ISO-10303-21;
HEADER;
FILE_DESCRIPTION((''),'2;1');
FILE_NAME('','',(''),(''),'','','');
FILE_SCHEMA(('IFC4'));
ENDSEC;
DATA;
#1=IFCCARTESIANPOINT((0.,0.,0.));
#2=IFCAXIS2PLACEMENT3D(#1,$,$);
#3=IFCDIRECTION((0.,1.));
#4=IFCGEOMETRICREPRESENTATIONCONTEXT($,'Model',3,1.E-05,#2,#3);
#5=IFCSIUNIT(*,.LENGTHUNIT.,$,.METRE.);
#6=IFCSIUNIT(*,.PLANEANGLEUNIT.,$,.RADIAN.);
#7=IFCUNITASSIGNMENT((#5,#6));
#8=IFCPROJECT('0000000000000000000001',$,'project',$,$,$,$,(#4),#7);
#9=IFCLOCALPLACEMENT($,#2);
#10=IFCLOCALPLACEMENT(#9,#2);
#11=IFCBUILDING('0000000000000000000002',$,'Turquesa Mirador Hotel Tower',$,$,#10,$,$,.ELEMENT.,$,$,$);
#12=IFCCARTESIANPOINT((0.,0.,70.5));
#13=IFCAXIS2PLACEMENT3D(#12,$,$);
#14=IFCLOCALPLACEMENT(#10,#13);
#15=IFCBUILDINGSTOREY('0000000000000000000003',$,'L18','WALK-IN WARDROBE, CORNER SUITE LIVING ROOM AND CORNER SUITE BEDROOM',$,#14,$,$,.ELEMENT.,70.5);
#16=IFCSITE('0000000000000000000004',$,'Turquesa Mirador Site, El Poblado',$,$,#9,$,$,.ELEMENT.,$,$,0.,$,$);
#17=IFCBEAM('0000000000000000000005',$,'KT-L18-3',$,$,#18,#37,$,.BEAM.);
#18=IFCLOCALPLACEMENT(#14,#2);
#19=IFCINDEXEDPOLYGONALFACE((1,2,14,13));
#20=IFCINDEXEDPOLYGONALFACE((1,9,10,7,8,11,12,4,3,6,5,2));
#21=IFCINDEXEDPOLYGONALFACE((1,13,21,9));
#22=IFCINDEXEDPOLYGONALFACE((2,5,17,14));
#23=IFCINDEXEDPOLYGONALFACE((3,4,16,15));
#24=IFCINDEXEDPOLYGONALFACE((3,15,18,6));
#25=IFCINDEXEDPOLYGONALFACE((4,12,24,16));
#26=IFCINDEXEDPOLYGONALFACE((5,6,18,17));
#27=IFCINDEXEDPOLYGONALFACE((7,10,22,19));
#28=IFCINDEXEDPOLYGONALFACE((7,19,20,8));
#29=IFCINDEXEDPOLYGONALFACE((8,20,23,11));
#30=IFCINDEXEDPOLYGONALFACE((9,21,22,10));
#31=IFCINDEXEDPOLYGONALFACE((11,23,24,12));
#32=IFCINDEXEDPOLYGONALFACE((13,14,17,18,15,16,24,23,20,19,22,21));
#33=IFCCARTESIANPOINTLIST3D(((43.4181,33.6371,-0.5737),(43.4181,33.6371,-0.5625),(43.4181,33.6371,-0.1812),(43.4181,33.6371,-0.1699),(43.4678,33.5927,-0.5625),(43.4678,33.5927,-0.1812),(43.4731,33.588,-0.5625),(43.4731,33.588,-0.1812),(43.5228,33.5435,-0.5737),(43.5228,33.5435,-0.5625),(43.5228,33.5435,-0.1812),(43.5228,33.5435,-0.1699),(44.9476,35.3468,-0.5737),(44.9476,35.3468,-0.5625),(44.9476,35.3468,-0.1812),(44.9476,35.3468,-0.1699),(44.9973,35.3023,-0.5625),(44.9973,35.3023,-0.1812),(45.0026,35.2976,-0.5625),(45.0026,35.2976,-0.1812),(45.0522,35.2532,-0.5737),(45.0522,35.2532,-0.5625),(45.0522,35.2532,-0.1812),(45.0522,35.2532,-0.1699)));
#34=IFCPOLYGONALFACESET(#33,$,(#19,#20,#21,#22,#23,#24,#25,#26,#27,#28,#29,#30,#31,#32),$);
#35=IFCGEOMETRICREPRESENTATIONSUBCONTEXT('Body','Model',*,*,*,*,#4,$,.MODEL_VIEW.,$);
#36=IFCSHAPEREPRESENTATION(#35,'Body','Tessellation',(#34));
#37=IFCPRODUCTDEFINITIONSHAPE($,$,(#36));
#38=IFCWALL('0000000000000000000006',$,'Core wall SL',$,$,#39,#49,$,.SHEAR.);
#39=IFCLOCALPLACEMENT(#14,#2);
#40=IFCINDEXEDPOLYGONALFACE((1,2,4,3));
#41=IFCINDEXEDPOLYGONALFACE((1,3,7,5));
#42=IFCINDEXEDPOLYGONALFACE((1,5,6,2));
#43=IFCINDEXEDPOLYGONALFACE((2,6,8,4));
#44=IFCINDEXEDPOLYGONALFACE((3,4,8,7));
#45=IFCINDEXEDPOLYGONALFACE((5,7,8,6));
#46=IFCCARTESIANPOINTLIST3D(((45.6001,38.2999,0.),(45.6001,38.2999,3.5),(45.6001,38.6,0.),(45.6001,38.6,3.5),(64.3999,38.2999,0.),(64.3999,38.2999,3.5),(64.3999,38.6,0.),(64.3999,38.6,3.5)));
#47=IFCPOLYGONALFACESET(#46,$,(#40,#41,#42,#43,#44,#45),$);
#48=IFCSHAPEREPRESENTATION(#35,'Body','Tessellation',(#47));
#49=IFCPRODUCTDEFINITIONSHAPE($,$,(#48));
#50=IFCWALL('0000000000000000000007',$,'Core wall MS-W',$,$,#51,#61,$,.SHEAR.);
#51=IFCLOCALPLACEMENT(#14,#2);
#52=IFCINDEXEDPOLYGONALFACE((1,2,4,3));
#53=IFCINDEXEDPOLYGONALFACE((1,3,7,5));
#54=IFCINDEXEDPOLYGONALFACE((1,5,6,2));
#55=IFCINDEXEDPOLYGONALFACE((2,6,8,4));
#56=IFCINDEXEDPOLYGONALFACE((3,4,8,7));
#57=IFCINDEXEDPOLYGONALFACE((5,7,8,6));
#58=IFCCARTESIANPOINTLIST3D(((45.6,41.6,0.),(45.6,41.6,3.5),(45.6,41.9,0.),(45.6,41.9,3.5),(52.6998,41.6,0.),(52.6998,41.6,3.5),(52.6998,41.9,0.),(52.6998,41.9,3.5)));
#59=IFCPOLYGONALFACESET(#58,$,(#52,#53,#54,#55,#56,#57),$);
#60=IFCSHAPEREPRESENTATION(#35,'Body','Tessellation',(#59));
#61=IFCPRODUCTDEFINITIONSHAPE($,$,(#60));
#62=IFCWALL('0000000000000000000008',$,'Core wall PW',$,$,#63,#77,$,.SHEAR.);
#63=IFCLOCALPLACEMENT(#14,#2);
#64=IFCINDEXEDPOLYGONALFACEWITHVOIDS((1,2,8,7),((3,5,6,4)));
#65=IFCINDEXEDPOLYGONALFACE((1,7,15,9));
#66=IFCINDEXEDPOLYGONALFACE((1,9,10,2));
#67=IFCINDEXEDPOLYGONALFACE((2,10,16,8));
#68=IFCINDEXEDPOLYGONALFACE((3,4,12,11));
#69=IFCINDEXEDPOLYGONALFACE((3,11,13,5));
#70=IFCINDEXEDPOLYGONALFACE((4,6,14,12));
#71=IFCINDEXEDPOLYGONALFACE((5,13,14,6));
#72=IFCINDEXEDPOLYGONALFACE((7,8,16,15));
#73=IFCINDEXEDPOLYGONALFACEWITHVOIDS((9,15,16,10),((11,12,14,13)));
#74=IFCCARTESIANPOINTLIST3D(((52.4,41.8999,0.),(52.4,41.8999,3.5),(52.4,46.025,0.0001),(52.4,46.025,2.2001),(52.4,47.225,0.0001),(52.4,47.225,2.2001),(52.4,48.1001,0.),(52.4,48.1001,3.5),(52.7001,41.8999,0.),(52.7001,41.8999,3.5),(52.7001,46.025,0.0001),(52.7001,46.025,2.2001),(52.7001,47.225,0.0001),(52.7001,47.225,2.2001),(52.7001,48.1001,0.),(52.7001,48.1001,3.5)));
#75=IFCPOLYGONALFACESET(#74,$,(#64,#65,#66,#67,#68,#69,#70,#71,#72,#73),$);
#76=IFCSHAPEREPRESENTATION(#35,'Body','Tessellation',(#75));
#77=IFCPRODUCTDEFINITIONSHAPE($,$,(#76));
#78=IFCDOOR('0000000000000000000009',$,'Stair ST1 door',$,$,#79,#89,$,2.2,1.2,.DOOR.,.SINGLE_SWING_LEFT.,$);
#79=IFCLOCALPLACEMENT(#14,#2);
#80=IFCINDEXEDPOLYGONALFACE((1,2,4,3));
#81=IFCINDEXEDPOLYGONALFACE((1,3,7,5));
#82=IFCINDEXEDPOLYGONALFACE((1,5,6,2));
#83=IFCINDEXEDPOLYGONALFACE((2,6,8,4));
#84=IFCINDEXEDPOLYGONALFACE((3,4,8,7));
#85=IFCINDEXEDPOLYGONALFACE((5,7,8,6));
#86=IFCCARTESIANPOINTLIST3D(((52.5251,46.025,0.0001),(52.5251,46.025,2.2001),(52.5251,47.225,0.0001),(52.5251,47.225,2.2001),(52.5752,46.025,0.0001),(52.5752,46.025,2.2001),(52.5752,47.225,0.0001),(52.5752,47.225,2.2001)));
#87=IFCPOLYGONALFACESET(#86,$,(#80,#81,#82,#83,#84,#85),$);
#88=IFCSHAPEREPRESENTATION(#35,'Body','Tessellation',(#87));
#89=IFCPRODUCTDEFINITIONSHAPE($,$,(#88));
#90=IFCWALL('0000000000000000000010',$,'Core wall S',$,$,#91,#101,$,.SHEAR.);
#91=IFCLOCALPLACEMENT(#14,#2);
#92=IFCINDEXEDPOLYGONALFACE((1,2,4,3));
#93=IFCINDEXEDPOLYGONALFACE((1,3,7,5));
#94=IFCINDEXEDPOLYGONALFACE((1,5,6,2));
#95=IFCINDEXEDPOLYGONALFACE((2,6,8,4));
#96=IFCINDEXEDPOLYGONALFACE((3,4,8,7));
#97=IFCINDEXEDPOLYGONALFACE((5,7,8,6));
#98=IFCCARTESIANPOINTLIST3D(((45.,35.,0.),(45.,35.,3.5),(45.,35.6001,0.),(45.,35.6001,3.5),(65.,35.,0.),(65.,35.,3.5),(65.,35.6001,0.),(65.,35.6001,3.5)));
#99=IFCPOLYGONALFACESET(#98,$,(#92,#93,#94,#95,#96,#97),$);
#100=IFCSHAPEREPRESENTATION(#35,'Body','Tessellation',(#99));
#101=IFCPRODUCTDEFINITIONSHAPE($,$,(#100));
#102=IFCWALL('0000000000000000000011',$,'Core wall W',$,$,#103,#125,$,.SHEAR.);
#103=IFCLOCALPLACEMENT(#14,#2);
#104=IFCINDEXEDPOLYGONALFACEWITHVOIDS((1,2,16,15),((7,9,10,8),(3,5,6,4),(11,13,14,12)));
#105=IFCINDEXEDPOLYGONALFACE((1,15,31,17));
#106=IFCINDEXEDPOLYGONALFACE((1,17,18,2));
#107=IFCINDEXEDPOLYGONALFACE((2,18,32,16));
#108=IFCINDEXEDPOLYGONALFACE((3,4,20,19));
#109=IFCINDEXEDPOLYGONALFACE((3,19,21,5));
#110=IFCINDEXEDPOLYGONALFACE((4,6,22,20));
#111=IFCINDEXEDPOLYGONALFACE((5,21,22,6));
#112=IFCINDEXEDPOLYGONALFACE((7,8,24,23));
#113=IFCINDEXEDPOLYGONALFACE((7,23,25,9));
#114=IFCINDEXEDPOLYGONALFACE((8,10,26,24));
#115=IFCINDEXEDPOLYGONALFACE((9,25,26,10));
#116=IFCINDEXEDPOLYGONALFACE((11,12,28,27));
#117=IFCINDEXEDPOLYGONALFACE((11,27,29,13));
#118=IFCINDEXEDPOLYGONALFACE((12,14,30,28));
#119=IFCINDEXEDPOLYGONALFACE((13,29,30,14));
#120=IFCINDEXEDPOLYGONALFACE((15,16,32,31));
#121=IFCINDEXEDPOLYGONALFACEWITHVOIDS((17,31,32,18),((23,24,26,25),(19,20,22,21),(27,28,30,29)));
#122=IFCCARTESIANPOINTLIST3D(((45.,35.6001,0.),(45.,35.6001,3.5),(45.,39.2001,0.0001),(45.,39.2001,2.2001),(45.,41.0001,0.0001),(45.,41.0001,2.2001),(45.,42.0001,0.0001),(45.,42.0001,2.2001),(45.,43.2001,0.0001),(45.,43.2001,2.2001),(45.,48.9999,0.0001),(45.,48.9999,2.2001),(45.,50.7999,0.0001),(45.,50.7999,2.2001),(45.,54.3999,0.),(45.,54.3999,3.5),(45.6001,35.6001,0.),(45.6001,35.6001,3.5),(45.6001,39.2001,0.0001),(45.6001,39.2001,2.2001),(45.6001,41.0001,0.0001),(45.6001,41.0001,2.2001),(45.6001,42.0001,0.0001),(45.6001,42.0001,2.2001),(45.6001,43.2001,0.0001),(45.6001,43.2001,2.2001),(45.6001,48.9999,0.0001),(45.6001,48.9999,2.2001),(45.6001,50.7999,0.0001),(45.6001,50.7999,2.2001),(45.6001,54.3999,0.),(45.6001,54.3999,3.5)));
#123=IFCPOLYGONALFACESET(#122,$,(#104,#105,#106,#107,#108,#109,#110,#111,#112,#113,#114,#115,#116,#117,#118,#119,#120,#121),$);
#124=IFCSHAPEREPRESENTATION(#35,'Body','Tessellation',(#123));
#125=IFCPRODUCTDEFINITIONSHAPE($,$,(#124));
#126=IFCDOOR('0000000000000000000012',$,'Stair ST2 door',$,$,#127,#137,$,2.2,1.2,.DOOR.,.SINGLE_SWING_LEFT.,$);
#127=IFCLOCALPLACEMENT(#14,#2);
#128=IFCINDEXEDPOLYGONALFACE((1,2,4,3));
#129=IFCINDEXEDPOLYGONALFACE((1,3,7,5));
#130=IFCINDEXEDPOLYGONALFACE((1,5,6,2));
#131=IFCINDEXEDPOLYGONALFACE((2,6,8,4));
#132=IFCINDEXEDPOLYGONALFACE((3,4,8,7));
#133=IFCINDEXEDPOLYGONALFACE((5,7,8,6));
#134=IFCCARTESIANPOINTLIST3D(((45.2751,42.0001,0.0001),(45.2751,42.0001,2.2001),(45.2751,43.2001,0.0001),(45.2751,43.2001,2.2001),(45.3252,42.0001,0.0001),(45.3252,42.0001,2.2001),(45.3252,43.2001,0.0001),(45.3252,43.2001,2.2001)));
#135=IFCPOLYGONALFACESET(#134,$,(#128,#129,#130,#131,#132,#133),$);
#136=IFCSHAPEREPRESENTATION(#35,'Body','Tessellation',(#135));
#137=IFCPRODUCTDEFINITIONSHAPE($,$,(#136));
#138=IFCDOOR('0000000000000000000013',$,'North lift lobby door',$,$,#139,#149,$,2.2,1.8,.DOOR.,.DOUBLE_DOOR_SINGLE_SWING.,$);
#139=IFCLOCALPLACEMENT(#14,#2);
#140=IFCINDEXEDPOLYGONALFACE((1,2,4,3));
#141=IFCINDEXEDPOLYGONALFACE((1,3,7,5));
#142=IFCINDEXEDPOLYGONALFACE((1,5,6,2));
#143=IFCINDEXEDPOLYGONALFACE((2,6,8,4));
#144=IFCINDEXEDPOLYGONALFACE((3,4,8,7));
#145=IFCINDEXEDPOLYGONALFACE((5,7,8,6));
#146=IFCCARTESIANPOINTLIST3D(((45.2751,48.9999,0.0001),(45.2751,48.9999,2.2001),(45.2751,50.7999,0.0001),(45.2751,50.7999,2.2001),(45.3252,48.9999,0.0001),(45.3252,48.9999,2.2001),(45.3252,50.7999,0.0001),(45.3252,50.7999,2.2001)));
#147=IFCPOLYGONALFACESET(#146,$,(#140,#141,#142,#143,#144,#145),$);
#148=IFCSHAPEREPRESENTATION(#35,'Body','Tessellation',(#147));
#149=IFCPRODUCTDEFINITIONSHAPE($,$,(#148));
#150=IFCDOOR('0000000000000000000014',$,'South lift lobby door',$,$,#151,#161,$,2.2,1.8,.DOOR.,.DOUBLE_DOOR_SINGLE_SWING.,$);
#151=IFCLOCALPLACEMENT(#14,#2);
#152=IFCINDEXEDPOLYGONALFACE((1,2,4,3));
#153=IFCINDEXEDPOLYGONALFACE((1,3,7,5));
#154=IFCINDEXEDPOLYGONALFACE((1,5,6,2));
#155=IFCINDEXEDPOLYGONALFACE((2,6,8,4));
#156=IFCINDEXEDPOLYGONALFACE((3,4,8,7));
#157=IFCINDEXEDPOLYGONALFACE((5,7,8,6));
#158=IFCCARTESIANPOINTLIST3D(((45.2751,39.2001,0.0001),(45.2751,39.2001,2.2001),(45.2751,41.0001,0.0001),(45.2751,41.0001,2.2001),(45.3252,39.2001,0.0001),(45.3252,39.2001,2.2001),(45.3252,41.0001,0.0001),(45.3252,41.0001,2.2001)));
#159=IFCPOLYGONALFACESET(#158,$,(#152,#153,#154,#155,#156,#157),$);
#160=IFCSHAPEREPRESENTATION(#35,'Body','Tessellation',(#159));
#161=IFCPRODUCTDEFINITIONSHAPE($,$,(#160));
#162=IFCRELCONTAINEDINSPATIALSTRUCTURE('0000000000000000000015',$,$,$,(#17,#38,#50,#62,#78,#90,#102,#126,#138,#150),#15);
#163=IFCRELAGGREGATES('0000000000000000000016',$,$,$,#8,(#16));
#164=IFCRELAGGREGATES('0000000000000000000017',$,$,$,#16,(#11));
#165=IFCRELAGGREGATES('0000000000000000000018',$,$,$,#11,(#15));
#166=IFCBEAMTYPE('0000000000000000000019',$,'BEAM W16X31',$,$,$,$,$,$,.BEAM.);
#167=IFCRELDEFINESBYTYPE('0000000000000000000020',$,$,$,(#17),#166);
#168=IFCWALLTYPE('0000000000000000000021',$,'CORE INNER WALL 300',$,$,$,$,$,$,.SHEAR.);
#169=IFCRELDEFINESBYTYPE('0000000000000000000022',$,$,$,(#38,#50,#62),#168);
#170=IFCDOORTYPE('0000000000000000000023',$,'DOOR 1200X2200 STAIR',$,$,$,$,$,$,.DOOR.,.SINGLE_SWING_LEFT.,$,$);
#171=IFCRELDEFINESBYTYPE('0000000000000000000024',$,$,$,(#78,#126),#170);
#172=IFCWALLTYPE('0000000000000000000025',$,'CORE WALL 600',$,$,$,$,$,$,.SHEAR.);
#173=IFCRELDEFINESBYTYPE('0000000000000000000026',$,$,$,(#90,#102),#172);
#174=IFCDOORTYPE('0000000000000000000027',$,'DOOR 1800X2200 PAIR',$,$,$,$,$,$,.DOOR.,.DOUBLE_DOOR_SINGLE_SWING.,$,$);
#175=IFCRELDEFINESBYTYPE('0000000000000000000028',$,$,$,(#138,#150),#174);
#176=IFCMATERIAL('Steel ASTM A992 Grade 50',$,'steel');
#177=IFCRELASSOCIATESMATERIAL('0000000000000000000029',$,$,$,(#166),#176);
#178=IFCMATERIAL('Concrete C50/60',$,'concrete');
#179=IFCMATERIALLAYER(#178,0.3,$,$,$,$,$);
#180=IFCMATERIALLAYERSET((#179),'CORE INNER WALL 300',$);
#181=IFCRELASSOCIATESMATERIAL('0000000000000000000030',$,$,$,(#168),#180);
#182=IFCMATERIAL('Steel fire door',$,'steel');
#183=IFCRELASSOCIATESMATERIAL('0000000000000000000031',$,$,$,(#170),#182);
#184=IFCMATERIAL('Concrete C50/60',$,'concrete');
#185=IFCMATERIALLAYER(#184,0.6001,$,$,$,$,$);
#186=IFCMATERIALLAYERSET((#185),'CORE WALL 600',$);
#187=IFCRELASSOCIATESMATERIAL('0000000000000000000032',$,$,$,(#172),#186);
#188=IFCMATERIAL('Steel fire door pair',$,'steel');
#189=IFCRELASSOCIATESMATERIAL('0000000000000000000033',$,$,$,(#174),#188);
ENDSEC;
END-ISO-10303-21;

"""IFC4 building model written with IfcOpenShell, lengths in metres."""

from ifc_helpers import new_model, si_unit, direction, frame, frame_2d, origin, origin_2d, place, context, subcontext, project, spatial, rectangle, i_section, extrude, material, layer, layer_set, material_profile, profile_set, type_object, element, fill, save


model = new_model("IFC4")

# Units and contexts
model_context = context("Model", 3, precision=1e-05, world=origin(), true_north=direction((0.0, 1.0)))
body_context = subcontext(model_context, "Body", "Model", "MODEL_VIEW")
ifc_project = project(units=[si_unit("LENGTHUNIT", "METRE"), si_unit("PLANEANGLEUNIT", "RADIAN")], contexts=[model_context])

# Site, building, storey
site_placement = place(None, origin())
site = spatial("IfcSite", under=ifc_project, at=site_placement, Name="Turquesa Mirador Site, El Poblado", CompositionType="ELEMENT", RefElevation=0.0)
building_placement = place(site_placement, origin())
building = spatial("IfcBuilding", under=site, at=building_placement, Name="Turquesa Mirador Hotel Tower", CompositionType="ELEMENT")
storey_placement = place(building_placement, frame((0.0, 0.0, 70.5)))
storey = spatial("IfcBuildingStorey", under=building, at=storey_placement, Name="L18", Description="WALK-IN WARDROBE, CORNER SUITE LIVING ROOM AND CORNER SUITE BEDROOM", CompositionType="ELEMENT", Elevation=70.5)

# Beam
ifc_material_1 = material(Name="Steel ASTM A992 Grade 50", Category="steel")
ifc_material_profile = material_profile(ifc_material_1, i_section(OverallWidth=0.1404, OverallDepth=0.4038, WebThickness=0.0071, FlangeThickness=0.0112, at=origin_2d()), Name="W16X31")
ifc_profile_set = profile_set([ifc_material_profile], Name="Steel ASTM A992 Grade 50")
beam_type = type_object("IfcBeamType", Name="BEAM W16X31", PredefinedType="BEAM", material=ifc_profile_set)
beam_placement = place(storey_placement, frame((43.4705, 33.5903, -0.3718), z_axis=(0.666745, 0.745286, 0.0), x_axis=(-0.745286, 0.666745, 0.0)))
element("IfcBeam", 1, at=beam_placement, inside=storey, type_object=beam_type, Name="KT-L18-3", PredefinedType="BEAM", context=body_context, shape_type="SweptSolid", body=[
    extrude(i_section(OverallWidth=0.1404, OverallDepth=0.4038, WebThickness=0.0071, FlangeThickness=0.0112, at=origin_2d()), origin(), (0.0, 0.0, 1.0), 2.2939),
])

# Walls
ifc_material_2 = material(Name="Concrete C50/60", Category="concrete")
ifc_layer_1 = layer(ifc_material_2, 0.3)
ifc_layer_set_1 = layer_set([ifc_layer_1], Name="CORE INNER WALL 300")
wall_type_1 = type_object("IfcWallType", Name="CORE INNER WALL 300", PredefinedType="SHEAR", material=ifc_layer_set_1)
wall_1_placement = place(storey_placement, frame((45.6001, 38.45, 0.0), z_axis=(0.0, 0.0, 1.0), x_axis=(1.0, 0.0, 0.0)))
element("IfcWall", 2, at=wall_1_placement, inside=storey, type_object=wall_type_1, Name="Core wall SL", PredefinedType="SHEAR", context=body_context, shape_type="SweptSolid", body=[
    extrude(rectangle(XDim=18.7998, YDim=0.3, at=frame_2d((9.3999, 0.0))), origin(), (0.0, 0.0, 1.0), 3.5),
])
wall_2_placement = place(storey_placement, frame((45.6001, 41.75, 0.0), z_axis=(0.0, 0.0, 1.0), x_axis=(1.0, 0.0, 0.0)))
element("IfcWall", 3, at=wall_2_placement, inside=storey, type_object=wall_type_1, Name="Core wall MS-W", PredefinedType="SHEAR", context=body_context, shape_type="SweptSolid", body=[
    extrude(rectangle(XDim=7.0999, YDim=0.3, at=frame_2d((3.5498, 0.0))), origin(), (0.0, 0.0, 1.0), 3.5),
])

# Wall, opening, door
wall_3_placement = place(storey_placement, frame((52.55, 41.8999, 0.0), z_axis=(0.0, 0.0, 1.0), x_axis=(0.0, 1.0, 0.0)))
wall_3 = element("IfcWall", 4, at=wall_3_placement, inside=storey, type_object=wall_type_1, Name="Core wall PW", PredefinedType="SHEAR", context=body_context, shape_type="SweptSolid", body=[
    extrude(rectangle(XDim=6.2002, YDim=0.3, at=frame_2d((3.1001, 0.0))), origin(), (0.0, 0.0, 1.0), 3.5),
])
opening_1_placement = place(wall_3_placement, frame((4.125, 0.0, 0.0)))
opening_1 = element("IfcOpeningElement", 5, at=opening_1_placement, cuts=wall_3, PredefinedType="OPENING", context=body_context, shape_type="SweptSolid", body=[
    extrude(rectangle(XDim=1.2, YDim=2.2, at=frame_2d((0.6001, 1.1001))), frame((0.0, 0.1599, 0.0), z_axis=(0.0, -1.0, 0.0), x_axis=(1.0, 0.0, 0.0)), (0.0, 0.0, 1.0), 0.3201),
])
ifc_material_3 = material(Name="Steel fire door", Category="steel")
door_type_1 = type_object("IfcDoorType", Name="DOOR 1200X2200 STAIR", OperationType="SINGLE_SWING_LEFT", PredefinedType="DOOR", material=ifc_material_3)
door_1_placement = place(opening_1_placement, origin())
door_1 = element("IfcDoor", 6, at=door_1_placement, inside=storey, type_object=door_type_1, Name="Stair ST1 door", OperationType="SINGLE_SWING_LEFT", OverallHeight=2.2, OverallWidth=1.2, PredefinedType="DOOR", context=body_context, shape_type="SweptSolid", body=[
    extrude(rectangle(XDim=1.2, YDim=2.2, at=frame_2d((0.6001, 1.1001))), frame((0.0, 0.0249, 0.0), z_axis=(0.0, -1.0, 0.0), x_axis=(1.0, 0.0, 0.0)), (0.0, 0.0, 1.0), 0.05),
])
fill(opening_1, door_1)

# Wall
ifc_material_4 = material(Name="Concrete C50/60", Category="concrete")
ifc_layer_2 = layer(ifc_material_4, 0.6001)
ifc_layer_set_2 = layer_set([ifc_layer_2], Name="CORE WALL 600")
wall_type_2 = type_object("IfcWallType", Name="CORE WALL 600", PredefinedType="SHEAR", material=ifc_layer_set_2)
wall_4_placement = place(storey_placement, frame((45.0, 35.3, 0.0), z_axis=(0.0, 0.0, 1.0), x_axis=(1.0, 0.0, 0.0)))
element("IfcWall", 7, at=wall_4_placement, inside=storey, type_object=wall_type_2, Name="Core wall S", PredefinedType="SHEAR", context=body_context, shape_type="SweptSolid", body=[
    extrude(rectangle(XDim=20.0, YDim=0.6001, at=frame_2d((10.0, 0.0))), origin(), (0.0, 0.0, 1.0), 3.5),
])

# Wall, openings, doors
wall_5_placement = place(storey_placement, frame((45.3, 35.6001, 0.0), z_axis=(0.0, 0.0, 1.0), x_axis=(0.0, 1.0, 0.0)))
wall_5 = element("IfcWall", 8, at=wall_5_placement, inside=storey, type_object=wall_type_2, Name="Core wall W", PredefinedType="SHEAR", context=body_context, shape_type="SweptSolid", body=[
    extrude(rectangle(XDim=18.7998, YDim=0.6001, at=frame_2d((9.3999, 0.0))), origin(), (0.0, 0.0, 1.0), 3.5),
])
opening_2_placement = place(wall_5_placement, frame((13.3999, 0.0, 0.0)))
opening_2 = element("IfcOpeningElement", 9, at=opening_2_placement, cuts=wall_5, PredefinedType="OPENING", context=body_context, shape_type="SweptSolid", body=[
    extrude(rectangle(XDim=1.8, YDim=2.2, at=frame_2d((0.8999, 1.1001))), frame((0.0, 0.3101, 0.0), z_axis=(0.0, -1.0, 0.0), x_axis=(1.0, 0.0, 0.0)), (0.0, 0.0, 1.0), 0.6201),
])
opening_3_placement = place(wall_5_placement, frame((3.6001, 0.0, 0.0)))
opening_3 = element("IfcOpeningElement", 10, at=opening_3_placement, cuts=wall_5, PredefinedType="OPENING", context=body_context, shape_type="SweptSolid", body=[
    extrude(rectangle(XDim=1.8, YDim=2.2, at=frame_2d((0.8999, 1.1001))), frame((0.0, 0.3101, 0.0), z_axis=(0.0, -1.0, 0.0), x_axis=(1.0, 0.0, 0.0)), (0.0, 0.0, 1.0), 0.6201),
])
opening_4_placement = place(wall_5_placement, frame((6.3999, 0.0, 0.0)))
opening_4 = element("IfcOpeningElement", 11, at=opening_4_placement, cuts=wall_5, PredefinedType="OPENING", context=body_context, shape_type="SweptSolid", body=[
    extrude(rectangle(XDim=1.2, YDim=2.2, at=frame_2d((0.6001, 1.1001))), frame((0.0, 0.3101, 0.0), z_axis=(0.0, -1.0, 0.0), x_axis=(1.0, 0.0, 0.0)), (0.0, 0.0, 1.0), 0.6201),
])
door_2_placement = place(opening_4_placement, origin())
door_2 = element("IfcDoor", 12, at=door_2_placement, inside=storey, type_object=door_type_1, Name="Stair ST2 door", OperationType="SINGLE_SWING_LEFT", OverallHeight=2.2, OverallWidth=1.2, PredefinedType="DOOR", context=body_context, shape_type="SweptSolid", body=[
    extrude(rectangle(XDim=1.2, YDim=2.2, at=frame_2d((0.6001, 1.1001))), frame((0.0, 0.0249, 0.0), z_axis=(0.0, -1.0, 0.0), x_axis=(1.0, 0.0, 0.0)), (0.0, 0.0, 1.0), 0.05),
])
fill(opening_4, door_2)
ifc_material_5 = material(Name="Steel fire door pair", Category="steel")
door_type_2 = type_object("IfcDoorType", Name="DOOR 1800X2200 PAIR", OperationType="DOUBLE_DOOR_SINGLE_SWING", PredefinedType="DOOR", material=ifc_material_5)
door_3_placement = place(opening_2_placement, origin())
door_3 = element("IfcDoor", 13, at=door_3_placement, inside=storey, type_object=door_type_2, Name="North lift lobby door", OperationType="DOUBLE_DOOR_SINGLE_SWING", OverallHeight=2.2, OverallWidth=1.8, PredefinedType="DOOR", context=body_context, shape_type="SweptSolid", body=[
    extrude(rectangle(XDim=1.8, YDim=2.2, at=frame_2d((0.8999, 1.1001))), frame((0.0, 0.0249, 0.0), z_axis=(0.0, -1.0, 0.0), x_axis=(1.0, 0.0, 0.0)), (0.0, 0.0, 1.0), 0.05),
])
fill(opening_2, door_3)
door_4_placement = place(opening_3_placement, origin())
door_4 = element("IfcDoor", 14, at=door_4_placement, inside=storey, type_object=door_type_2, Name="South lift lobby door", OperationType="DOUBLE_DOOR_SINGLE_SWING", OverallHeight=2.2, OverallWidth=1.8, PredefinedType="DOOR", context=body_context, shape_type="SweptSolid", body=[
    extrude(rectangle(XDim=1.8, YDim=2.2, at=frame_2d((0.8999, 1.1001))), frame((0.0, 0.0249, 0.0), z_axis=(0.0, -1.0, 0.0), x_axis=(1.0, 0.0, 0.0)), (0.0, 0.0, 1.0), 0.05),
])
fill(opening_3, door_4)

save(model, "model.ifc")
